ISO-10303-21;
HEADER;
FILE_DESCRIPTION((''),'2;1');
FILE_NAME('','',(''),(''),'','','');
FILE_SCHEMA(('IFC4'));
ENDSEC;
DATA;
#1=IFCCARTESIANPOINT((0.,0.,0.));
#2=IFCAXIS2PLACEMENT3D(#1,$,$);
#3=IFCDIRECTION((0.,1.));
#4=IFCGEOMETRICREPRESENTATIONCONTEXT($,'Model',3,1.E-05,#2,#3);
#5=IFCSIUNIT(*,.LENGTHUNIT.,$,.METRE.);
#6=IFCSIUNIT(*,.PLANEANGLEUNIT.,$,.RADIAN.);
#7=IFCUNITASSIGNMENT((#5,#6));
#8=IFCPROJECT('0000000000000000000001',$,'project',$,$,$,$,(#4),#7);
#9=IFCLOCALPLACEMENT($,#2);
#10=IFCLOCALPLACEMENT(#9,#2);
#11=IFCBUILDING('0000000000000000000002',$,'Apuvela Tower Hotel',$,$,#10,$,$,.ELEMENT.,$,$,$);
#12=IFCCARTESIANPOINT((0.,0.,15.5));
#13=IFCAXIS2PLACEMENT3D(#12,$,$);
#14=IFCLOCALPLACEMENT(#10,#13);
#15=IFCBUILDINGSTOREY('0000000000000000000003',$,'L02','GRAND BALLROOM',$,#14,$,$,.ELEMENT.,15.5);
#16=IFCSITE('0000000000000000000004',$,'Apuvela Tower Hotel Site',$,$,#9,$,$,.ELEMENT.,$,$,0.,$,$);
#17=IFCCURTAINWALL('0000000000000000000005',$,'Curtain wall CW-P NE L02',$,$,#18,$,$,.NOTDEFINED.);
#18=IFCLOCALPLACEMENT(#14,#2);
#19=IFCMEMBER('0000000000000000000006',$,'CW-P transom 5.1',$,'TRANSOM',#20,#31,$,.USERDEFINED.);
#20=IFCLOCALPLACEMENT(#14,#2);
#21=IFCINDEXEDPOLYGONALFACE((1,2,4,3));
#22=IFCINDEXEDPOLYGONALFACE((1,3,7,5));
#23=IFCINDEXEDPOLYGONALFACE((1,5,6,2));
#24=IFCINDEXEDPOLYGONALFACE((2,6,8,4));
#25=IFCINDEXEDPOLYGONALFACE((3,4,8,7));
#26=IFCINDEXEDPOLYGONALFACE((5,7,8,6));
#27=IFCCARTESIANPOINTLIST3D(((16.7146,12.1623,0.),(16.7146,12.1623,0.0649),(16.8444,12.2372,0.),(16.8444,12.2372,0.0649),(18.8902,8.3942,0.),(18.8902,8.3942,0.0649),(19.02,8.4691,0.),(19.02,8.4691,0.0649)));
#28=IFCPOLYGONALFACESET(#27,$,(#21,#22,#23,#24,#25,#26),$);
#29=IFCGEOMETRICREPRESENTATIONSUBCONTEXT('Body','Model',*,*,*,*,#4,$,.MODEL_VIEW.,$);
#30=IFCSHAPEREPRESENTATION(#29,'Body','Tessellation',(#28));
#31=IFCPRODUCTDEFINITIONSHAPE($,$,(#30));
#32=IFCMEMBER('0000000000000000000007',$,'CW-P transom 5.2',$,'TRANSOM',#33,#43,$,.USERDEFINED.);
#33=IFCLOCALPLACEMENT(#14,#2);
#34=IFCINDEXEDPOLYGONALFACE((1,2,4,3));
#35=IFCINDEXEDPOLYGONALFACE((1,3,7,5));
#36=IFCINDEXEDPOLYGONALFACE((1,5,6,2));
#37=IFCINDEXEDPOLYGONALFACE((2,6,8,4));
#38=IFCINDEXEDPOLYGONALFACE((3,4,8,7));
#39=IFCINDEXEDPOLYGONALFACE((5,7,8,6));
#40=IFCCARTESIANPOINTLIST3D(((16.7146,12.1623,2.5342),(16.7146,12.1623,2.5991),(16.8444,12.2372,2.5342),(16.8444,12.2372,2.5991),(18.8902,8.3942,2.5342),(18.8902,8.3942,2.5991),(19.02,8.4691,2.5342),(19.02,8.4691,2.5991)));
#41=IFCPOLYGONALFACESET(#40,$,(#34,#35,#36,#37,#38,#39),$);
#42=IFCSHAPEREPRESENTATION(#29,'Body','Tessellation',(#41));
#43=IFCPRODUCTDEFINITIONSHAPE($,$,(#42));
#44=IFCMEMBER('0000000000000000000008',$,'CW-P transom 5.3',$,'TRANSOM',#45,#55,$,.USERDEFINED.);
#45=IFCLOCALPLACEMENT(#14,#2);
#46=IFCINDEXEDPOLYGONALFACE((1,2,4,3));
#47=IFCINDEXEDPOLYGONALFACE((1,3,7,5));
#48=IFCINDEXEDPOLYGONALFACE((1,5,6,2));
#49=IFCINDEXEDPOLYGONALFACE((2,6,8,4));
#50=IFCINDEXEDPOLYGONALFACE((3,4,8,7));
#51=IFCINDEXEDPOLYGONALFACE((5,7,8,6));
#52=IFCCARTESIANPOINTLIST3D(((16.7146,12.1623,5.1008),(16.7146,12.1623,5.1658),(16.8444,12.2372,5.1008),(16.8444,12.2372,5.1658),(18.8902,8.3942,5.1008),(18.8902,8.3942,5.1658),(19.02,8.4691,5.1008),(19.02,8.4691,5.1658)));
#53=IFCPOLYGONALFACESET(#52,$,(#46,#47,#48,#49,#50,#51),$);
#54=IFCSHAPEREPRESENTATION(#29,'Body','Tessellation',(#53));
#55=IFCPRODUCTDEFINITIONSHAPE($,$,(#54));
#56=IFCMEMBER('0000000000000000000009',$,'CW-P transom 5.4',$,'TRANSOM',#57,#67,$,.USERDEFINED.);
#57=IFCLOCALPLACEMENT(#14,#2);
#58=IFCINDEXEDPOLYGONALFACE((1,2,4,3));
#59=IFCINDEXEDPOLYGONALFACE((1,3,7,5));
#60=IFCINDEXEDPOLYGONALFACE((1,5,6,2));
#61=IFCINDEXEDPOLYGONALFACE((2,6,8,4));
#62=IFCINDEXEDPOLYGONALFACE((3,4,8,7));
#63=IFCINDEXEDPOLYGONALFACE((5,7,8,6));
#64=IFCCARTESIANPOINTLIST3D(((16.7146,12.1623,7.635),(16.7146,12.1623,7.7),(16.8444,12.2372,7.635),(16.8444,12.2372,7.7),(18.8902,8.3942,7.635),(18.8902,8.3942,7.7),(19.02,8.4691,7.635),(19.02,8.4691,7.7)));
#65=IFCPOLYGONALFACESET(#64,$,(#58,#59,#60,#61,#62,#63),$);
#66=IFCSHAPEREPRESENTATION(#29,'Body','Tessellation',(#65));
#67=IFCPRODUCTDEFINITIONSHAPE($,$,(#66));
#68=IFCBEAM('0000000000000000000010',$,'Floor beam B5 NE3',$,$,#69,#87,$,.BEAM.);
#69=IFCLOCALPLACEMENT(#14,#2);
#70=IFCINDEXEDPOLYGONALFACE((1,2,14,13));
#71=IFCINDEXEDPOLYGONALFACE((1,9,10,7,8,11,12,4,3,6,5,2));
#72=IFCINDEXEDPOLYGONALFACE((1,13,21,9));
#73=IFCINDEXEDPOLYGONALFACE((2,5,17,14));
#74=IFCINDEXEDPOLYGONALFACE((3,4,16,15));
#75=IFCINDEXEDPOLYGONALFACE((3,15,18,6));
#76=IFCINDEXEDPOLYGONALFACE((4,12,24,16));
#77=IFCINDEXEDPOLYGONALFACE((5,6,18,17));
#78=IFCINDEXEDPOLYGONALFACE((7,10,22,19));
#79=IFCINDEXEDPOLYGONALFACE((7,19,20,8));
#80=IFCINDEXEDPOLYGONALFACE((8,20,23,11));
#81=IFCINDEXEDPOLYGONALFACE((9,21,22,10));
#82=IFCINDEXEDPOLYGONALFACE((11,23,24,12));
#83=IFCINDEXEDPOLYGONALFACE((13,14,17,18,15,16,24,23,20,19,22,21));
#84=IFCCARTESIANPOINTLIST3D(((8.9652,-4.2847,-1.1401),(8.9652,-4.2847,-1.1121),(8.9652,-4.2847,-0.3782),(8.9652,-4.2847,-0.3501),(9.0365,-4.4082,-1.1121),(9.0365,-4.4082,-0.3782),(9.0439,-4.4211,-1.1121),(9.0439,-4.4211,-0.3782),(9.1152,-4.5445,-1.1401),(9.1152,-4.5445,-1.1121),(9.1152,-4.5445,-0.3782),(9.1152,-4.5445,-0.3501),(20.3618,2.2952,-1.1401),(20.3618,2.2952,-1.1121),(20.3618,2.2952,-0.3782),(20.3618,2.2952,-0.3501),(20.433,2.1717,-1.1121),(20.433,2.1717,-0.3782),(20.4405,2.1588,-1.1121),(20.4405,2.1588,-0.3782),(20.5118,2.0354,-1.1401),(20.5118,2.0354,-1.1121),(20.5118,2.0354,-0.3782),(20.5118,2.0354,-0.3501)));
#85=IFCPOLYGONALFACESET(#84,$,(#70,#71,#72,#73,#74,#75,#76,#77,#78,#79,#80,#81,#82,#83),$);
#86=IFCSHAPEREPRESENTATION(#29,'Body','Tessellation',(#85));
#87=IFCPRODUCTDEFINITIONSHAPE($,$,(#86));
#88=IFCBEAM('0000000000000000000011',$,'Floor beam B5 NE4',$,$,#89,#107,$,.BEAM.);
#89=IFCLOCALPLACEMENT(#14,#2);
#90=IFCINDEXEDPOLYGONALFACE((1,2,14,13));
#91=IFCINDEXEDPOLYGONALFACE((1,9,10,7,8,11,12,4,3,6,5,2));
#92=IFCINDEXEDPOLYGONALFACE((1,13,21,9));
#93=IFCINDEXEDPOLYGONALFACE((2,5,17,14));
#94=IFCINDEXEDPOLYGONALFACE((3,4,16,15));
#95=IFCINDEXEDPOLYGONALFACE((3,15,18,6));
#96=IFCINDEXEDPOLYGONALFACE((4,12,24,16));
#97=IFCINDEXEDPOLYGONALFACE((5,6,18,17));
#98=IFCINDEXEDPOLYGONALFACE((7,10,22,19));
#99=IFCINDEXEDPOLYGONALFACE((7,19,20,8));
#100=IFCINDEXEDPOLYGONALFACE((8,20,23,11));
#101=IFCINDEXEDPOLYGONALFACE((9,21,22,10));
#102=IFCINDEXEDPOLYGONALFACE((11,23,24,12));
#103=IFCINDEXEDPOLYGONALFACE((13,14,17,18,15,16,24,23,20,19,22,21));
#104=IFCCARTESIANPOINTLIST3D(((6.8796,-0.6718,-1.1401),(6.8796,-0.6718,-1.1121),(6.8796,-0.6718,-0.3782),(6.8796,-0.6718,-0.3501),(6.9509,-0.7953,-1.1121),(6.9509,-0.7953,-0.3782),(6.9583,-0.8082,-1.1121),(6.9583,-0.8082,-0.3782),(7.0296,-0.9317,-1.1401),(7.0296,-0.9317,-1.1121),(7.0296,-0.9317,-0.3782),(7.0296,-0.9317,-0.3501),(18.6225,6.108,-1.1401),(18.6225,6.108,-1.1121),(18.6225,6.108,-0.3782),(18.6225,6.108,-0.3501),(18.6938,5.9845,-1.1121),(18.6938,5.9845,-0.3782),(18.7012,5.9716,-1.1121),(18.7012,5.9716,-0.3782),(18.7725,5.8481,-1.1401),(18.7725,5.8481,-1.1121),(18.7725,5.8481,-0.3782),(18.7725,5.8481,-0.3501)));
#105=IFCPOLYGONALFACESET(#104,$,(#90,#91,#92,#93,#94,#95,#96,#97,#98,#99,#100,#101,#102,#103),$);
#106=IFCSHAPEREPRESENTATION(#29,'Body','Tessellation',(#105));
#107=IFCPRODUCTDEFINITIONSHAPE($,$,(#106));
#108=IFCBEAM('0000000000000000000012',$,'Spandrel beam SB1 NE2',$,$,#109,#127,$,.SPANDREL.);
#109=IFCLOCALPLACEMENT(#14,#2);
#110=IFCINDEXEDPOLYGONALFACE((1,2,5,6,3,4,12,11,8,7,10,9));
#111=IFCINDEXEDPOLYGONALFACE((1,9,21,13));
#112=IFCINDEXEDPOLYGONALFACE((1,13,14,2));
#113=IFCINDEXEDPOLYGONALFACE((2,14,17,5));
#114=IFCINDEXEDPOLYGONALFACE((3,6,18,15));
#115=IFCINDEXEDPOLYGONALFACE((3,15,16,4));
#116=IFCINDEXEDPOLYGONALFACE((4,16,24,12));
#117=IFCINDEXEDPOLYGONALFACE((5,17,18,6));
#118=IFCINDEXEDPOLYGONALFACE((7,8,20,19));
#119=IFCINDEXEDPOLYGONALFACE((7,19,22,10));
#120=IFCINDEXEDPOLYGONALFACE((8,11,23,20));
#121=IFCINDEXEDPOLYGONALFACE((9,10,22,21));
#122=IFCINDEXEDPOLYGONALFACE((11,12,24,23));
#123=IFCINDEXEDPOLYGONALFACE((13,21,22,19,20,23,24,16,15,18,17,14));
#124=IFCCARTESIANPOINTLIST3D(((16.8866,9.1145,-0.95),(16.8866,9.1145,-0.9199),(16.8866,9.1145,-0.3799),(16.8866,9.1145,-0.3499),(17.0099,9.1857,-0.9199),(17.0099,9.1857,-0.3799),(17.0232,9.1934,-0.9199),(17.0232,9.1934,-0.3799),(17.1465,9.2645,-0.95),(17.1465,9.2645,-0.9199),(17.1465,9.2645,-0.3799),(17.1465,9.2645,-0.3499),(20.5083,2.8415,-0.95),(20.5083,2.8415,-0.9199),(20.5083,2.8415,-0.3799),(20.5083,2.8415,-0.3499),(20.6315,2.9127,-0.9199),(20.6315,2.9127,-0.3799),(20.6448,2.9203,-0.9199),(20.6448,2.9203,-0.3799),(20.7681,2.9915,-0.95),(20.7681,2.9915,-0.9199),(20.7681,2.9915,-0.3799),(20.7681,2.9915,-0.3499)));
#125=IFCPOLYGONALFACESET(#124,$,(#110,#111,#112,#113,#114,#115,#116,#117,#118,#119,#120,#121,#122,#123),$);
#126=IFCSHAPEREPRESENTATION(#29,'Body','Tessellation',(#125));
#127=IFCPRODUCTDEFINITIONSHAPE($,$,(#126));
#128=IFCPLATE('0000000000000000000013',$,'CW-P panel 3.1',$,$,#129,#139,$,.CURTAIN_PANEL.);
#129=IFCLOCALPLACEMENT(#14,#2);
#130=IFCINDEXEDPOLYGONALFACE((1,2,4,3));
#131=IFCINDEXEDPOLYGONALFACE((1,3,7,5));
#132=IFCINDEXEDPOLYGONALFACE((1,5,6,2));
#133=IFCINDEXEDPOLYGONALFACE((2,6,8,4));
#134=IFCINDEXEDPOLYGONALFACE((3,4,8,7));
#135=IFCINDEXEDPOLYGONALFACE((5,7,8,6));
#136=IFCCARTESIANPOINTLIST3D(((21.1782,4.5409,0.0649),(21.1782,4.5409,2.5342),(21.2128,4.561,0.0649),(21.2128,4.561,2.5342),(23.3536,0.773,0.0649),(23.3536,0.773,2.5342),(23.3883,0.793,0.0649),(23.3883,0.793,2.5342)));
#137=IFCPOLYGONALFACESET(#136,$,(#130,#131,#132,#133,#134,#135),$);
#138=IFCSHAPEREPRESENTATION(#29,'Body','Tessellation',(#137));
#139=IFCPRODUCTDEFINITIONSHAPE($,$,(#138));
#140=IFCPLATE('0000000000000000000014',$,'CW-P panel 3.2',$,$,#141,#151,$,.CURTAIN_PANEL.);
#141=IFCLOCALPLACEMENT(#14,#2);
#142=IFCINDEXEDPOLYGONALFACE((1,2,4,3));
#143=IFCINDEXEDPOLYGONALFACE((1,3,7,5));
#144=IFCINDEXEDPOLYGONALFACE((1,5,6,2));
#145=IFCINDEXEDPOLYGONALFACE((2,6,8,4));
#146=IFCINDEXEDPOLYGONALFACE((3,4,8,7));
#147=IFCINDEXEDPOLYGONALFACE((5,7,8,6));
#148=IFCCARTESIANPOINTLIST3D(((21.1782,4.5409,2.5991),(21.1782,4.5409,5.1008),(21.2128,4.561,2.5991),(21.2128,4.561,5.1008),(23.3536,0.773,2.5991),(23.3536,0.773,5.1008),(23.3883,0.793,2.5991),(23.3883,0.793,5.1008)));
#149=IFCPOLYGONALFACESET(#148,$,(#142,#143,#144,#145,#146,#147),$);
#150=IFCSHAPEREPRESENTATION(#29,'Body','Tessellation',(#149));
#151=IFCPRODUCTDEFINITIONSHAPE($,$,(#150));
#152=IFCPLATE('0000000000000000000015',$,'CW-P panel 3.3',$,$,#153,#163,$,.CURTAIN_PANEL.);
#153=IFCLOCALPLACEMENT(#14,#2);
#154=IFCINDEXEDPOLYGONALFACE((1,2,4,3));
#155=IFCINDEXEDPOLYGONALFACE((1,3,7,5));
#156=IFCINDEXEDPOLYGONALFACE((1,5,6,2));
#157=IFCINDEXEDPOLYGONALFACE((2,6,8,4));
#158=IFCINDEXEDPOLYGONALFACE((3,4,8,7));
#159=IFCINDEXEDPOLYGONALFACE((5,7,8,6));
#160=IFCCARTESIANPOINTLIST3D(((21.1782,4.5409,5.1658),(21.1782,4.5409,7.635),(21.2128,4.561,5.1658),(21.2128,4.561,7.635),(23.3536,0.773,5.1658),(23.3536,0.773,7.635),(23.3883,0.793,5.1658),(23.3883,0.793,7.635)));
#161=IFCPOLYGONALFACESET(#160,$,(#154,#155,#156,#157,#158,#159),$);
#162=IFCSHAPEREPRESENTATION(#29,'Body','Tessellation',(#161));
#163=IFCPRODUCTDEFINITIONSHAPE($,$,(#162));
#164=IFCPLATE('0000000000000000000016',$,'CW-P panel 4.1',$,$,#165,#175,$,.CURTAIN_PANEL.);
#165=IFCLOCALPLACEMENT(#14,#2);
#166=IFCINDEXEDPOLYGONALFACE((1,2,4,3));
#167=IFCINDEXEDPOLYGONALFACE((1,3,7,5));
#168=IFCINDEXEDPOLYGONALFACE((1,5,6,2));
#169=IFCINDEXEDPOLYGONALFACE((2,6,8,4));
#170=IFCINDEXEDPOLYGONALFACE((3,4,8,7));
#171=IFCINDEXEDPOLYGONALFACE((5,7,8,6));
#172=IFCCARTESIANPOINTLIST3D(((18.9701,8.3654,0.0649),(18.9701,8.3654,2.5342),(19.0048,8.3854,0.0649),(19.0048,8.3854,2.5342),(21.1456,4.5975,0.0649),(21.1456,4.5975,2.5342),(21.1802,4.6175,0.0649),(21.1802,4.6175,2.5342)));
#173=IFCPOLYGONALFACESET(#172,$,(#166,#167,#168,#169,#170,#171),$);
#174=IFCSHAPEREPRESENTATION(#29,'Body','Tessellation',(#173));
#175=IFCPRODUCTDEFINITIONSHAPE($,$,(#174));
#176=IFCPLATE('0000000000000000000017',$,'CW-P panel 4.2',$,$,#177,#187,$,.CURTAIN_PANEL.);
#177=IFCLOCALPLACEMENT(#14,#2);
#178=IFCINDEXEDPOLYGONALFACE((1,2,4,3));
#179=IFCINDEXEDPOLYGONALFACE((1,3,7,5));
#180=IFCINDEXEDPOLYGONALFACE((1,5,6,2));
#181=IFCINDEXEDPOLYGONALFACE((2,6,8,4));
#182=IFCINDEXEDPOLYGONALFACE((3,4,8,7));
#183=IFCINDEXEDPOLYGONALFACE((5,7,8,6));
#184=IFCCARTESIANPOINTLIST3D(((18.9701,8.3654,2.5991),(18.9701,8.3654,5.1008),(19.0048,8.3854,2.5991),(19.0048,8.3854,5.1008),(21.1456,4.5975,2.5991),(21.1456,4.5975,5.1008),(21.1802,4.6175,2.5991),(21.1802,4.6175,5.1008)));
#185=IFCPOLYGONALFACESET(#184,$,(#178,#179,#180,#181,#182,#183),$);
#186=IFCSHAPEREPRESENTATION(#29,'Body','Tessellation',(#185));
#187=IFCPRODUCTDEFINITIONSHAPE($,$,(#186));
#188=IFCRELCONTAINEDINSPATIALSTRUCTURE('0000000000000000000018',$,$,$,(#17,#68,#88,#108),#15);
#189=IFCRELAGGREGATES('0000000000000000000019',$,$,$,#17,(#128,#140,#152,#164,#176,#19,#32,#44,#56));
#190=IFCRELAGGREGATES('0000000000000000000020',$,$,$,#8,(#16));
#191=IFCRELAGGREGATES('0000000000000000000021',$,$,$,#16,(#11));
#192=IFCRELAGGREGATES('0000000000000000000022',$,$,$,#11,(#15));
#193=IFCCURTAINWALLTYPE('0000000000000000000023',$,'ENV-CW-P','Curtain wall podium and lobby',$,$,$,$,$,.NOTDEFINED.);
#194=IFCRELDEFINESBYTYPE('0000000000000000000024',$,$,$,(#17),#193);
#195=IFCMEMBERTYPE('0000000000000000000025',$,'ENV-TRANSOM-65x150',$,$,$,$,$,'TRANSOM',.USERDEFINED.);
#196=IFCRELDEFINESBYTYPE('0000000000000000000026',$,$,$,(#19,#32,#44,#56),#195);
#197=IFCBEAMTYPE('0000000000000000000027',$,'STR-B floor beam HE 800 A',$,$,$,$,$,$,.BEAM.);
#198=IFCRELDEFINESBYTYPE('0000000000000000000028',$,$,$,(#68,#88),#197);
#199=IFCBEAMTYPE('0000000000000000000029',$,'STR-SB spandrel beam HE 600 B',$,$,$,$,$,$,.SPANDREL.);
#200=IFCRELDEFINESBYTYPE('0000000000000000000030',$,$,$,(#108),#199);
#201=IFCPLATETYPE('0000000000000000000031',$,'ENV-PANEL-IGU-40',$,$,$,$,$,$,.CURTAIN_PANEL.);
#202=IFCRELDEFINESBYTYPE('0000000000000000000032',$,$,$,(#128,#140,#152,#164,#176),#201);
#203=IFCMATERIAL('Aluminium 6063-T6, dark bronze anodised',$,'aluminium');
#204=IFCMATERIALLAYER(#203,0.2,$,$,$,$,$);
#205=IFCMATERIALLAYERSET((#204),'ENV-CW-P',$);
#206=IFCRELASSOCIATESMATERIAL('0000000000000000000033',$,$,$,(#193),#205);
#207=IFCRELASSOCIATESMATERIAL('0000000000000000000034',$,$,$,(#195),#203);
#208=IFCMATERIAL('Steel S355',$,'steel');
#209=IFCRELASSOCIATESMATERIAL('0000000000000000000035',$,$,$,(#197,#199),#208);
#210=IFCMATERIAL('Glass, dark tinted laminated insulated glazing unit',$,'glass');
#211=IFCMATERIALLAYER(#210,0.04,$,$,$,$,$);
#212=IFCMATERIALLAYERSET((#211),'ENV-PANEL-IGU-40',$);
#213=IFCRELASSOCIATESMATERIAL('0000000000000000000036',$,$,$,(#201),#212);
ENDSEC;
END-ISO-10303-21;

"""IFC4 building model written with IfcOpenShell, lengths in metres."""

from ifc_helpers import new_model, si_unit, direction, frame, origin, origin_2d, place, context, subcontext, project, spatial, rectangle, i_section, extrude, material, layer, layer_set, material_profile, profile_set, type_object, element, aggregate, save


model = new_model("IFC4")

# Units and contexts
model_context = context("Model", 3, precision=1e-05, world=origin(), true_north=direction((0.0, 1.0)))
body_context = subcontext(model_context, "Body", "Model", "MODEL_VIEW")
ifc_project = project(units=[si_unit("LENGTHUNIT", "METRE"), si_unit("PLANEANGLEUNIT", "RADIAN")], contexts=[model_context])

# Site, building, storey
site_placement = place(None, origin())
site = spatial("IfcSite", under=ifc_project, at=site_placement, Name="Apuvela Tower Hotel Site", CompositionType="ELEMENT", RefElevation=0.0)
building_placement = place(site_placement, origin())
building = spatial("IfcBuilding", under=site, at=building_placement, Name="Apuvela Tower Hotel", CompositionType="ELEMENT")
storey_placement = place(building_placement, frame((0.0, 0.0, 15.5)))
storey = spatial("IfcBuildingStorey", under=building, at=storey_placement, Name="L02", Description="GRAND BALLROOM", CompositionType="ELEMENT", Elevation=15.5)

# Curtain wall, members
ifc_material_1 = material(Name="Aluminium 6063-T6, dark bronze anodised", Category="aluminium")
ifc_layer_1 = layer(ifc_material_1, 0.2)
ifc_layer_set_1 = layer_set([ifc_layer_1], Name="ENV-CW-P")
curtain_wall_type = type_object("IfcCurtainWallType", Name="ENV-CW-P", Description="Curtain wall podium and lobby", PredefinedType="NOTDEFINED", material=ifc_layer_set_1)
curtain_wall_placement = place(storey_placement, origin())
curtain_wall = element("IfcCurtainWall", 1, at=curtain_wall_placement, inside=storey, type_object=curtain_wall_type, Name="Curtain wall CW-P NE L02", PredefinedType="NOTDEFINED")
ifc_material_profile_1 = material_profile(ifc_material_1, rectangle(XDim=0.1499, YDim=0.0649, at=origin_2d()), Name="AL 65x150 transom")
ifc_profile_set_1 = profile_set([ifc_material_profile_1], Name="Aluminium 6063-T6, dark bronze anodised")
member_type_1 = type_object("IfcMemberType", Name="ENV-TRANSOM-65x150", ElementType="TRANSOM", PredefinedType="USERDEFINED", material=ifc_profile_set_1)
member_1_placement = place(storey_placement, frame((18.9551, 8.4316, 0.0325), z_axis=(-0.500007, 0.866021, 0.0), x_axis=(-0.866021, -0.500007, 0.0)))
member_1 = element("IfcMember", 2, at=member_1_placement, type_object=member_type_1, Name="CW-P transom 5.1", ObjectType="TRANSOM", PredefinedType="USERDEFINED", context=body_context, shape_type="SweptSolid", body=[
    extrude(rectangle(XDim=0.1499, YDim=0.0649, at=origin_2d()), origin(), (0.0, 0.0, 1.0), 4.3511),
])
member_2_placement = place(storey_placement, frame((18.9551, 8.4316, 2.5667), z_axis=(-0.500007, 0.866021, 0.0), x_axis=(-0.866021, -0.500007, 0.0)))
member_2 = element("IfcMember", 3, at=member_2_placement, type_object=member_type_1, Name="CW-P transom 5.2", ObjectType="TRANSOM", PredefinedType="USERDEFINED", context=body_context, shape_type="SweptSolid", body=[
    extrude(rectangle(XDim=0.1499, YDim=0.0649, at=origin_2d()), origin(), (0.0, 0.0, 1.0), 4.3511),
])
member_3_placement = place(storey_placement, frame((18.9551, 8.4316, 5.1333), z_axis=(-0.500007, 0.866021, 0.0), x_axis=(-0.866021, -0.500007, 0.0)))
member_3 = element("IfcMember", 4, at=member_3_placement, type_object=member_type_1, Name="CW-P transom 5.3", ObjectType="TRANSOM", PredefinedType="USERDEFINED", context=body_context, shape_type="SweptSolid", body=[
    extrude(rectangle(XDim=0.1499, YDim=0.0649, at=origin_2d()), origin(), (0.0, 0.0, 1.0), 4.3511),
])
member_4_placement = place(storey_placement, frame((18.9551, 8.4316, 7.6675), z_axis=(-0.500007, 0.866021, 0.0), x_axis=(-0.866021, -0.500007, 0.0)))
member_4 = element("IfcMember", 5, at=member_4_placement, type_object=member_type_1, Name="CW-P transom 5.4", ObjectType="TRANSOM", PredefinedType="USERDEFINED", context=body_context, shape_type="SweptSolid", body=[
    extrude(rectangle(XDim=0.1499, YDim=0.0649, at=origin_2d()), origin(), (0.0, 0.0, 1.0), 4.3511),
])

# Beams
ifc_material_2 = material(Name="Steel S355", Category="steel")
ifc_material_profile_2 = material_profile(ifc_material_2, i_section(OverallWidth=0.3, OverallDepth=0.79, WebThickness=0.0149, FlangeThickness=0.0281, at=origin_2d()), Name="HE 800 A")
ifc_profile_set_2 = profile_set([ifc_material_profile_2], Name="Steel S355")
beam_type_1 = type_object("IfcBeamType", Name="STR-B floor beam HE 800 A", PredefinedType="BEAM", material=ifc_profile_set_2)
beam_1_placement = place(storey_placement, frame((20.4368, 2.1653, -0.7451), z_axis=(-0.866023, -0.500004, 0.0), x_axis=(0.500004, -0.866023, 0.0)))
element("IfcBeam", 6, at=beam_1_placement, inside=storey, type_object=beam_type_1, Name="Floor beam B5 NE3", PredefinedType="BEAM", context=body_context, shape_type="SweptSolid", body=[
    extrude(i_section(OverallWidth=0.3, OverallDepth=0.79, WebThickness=0.0149, FlangeThickness=0.0281, at=origin_2d()), origin(), (0.0, 0.0, 1.0), 13.1597),
])
beam_2_placement = place(storey_placement, frame((18.6975, 5.978, -0.7451), z_axis=(-0.866025, -0.5, 0.0), x_axis=(0.5, -0.866025, 0.0)))
element("IfcBeam", 7, at=beam_2_placement, inside=storey, type_object=beam_type_1, Name="Floor beam B5 NE4", PredefinedType="BEAM", context=body_context, shape_type="SweptSolid", body=[
    extrude(i_section(OverallWidth=0.3, OverallDepth=0.79, WebThickness=0.0149, FlangeThickness=0.0281, at=origin_2d()), origin(), (0.0, 0.0, 1.0), 13.5596),
])
ifc_material_profile_3 = material_profile(ifc_material_2, i_section(OverallWidth=0.3, OverallDepth=0.6001, WebThickness=0.0154, FlangeThickness=0.03, at=origin_2d()), Name="HE 600 B")
ifc_profile_set_3 = profile_set([ifc_material_profile_3], Name="Steel S355")
beam_type_2 = type_object("IfcBeamType", Name="STR-SB spandrel beam HE 600 B", PredefinedType="SPANDREL", material=ifc_profile_set_3)
beam_3_placement = place(storey_placement, frame((20.6382, 2.9165, -0.6499), z_axis=(-0.499989, 0.866032, 0.0), x_axis=(-0.866032, -0.499989, 0.0)))
element("IfcBeam", 8, at=beam_3_placement, inside=storey, type_object=beam_type_2, Name="Spandrel beam SB1 NE2", PredefinedType="SPANDREL", context=body_context, shape_type="SweptSolid", body=[
    extrude(i_section(OverallWidth=0.3, OverallDepth=0.6001, WebThickness=0.0154, FlangeThickness=0.03, at=origin_2d()), origin(), (0.0, 0.0, 1.0), 7.2434),
])

# Plates
ifc_material_3 = material(Name="Glass, dark tinted laminated insulated glazing unit", Category="glass")
ifc_layer_2 = layer(ifc_material_3, 0.04)
ifc_layer_set_2 = layer_set([ifc_layer_2], Name="ENV-PANEL-IGU-40")
plate_type = type_object("IfcPlateType", Name="ENV-PANEL-IGU-40", PredefinedType="CURTAIN_PANEL", material=ifc_layer_set_2)
plate_1_placement = place(storey_placement, frame((22.2832, 2.667, 0.0649), z_axis=(0.0, 0.0, 1.0), x_axis=(-0.500001, 0.866025, 0.0)))
plate_1 = element("IfcPlate", 9, at=plate_1_placement, type_object=plate_type, Name="CW-P panel 3.1", PredefinedType="CURTAIN_PANEL", context=body_context, shape_type="SweptSolid", body=[
    extrude(rectangle(XDim=4.3508, YDim=0.04, at=origin_2d()), origin(), (0.0, 0.0, 1.0), 2.4692),
])
plate_2_placement = place(storey_placement, frame((22.2832, 2.667, 2.5991), z_axis=(0.0, 0.0, 1.0), x_axis=(-0.500001, 0.866025, 0.0)))
plate_2 = element("IfcPlate", 10, at=plate_2_placement, type_object=plate_type, Name="CW-P panel 3.2", PredefinedType="CURTAIN_PANEL", context=body_context, shape_type="SweptSolid", body=[
    extrude(rectangle(XDim=4.3508, YDim=0.04, at=origin_2d()), origin(), (0.0, 0.0, 1.0), 2.5017),
])
plate_3_placement = place(storey_placement, frame((22.2832, 2.667, 5.1658), z_axis=(0.0, 0.0, 1.0), x_axis=(-0.500001, 0.866025, 0.0)))
plate_3 = element("IfcPlate", 11, at=plate_3_placement, type_object=plate_type, Name="CW-P panel 3.3", PredefinedType="CURTAIN_PANEL", context=body_context, shape_type="SweptSolid", body=[
    extrude(rectangle(XDim=4.3508, YDim=0.04, at=origin_2d()), origin(), (0.0, 0.0, 1.0), 2.4692),
])
plate_4_placement = place(storey_placement, frame((20.0752, 6.4915, 0.0649), z_axis=(0.0, 0.0, 1.0), x_axis=(-0.500001, 0.866025, 0.0)))
plate_4 = element("IfcPlate", 12, at=plate_4_placement, type_object=plate_type, Name="CW-P panel 4.1", PredefinedType="CURTAIN_PANEL", context=body_context, shape_type="SweptSolid", body=[
    extrude(rectangle(XDim=4.3508, YDim=0.04, at=origin_2d()), origin(), (0.0, 0.0, 1.0), 2.4692),
])
plate_5_placement = place(storey_placement, frame((20.0752, 6.4915, 2.5991), z_axis=(0.0, 0.0, 1.0), x_axis=(-0.500001, 0.866025, 0.0)))
plate_5 = element("IfcPlate", 13, at=plate_5_placement, type_object=plate_type, Name="CW-P panel 4.2", PredefinedType="CURTAIN_PANEL", context=body_context, shape_type="SweptSolid", body=[
    extrude(rectangle(XDim=4.3508, YDim=0.04, at=origin_2d()), origin(), (0.0, 0.0, 1.0), 2.5017),
])
aggregate(curtain_wall, [plate_1, plate_2, plate_3, plate_4, plate_5, member_1, member_2, member_3, member_4])

save(model, "model.ifc")
